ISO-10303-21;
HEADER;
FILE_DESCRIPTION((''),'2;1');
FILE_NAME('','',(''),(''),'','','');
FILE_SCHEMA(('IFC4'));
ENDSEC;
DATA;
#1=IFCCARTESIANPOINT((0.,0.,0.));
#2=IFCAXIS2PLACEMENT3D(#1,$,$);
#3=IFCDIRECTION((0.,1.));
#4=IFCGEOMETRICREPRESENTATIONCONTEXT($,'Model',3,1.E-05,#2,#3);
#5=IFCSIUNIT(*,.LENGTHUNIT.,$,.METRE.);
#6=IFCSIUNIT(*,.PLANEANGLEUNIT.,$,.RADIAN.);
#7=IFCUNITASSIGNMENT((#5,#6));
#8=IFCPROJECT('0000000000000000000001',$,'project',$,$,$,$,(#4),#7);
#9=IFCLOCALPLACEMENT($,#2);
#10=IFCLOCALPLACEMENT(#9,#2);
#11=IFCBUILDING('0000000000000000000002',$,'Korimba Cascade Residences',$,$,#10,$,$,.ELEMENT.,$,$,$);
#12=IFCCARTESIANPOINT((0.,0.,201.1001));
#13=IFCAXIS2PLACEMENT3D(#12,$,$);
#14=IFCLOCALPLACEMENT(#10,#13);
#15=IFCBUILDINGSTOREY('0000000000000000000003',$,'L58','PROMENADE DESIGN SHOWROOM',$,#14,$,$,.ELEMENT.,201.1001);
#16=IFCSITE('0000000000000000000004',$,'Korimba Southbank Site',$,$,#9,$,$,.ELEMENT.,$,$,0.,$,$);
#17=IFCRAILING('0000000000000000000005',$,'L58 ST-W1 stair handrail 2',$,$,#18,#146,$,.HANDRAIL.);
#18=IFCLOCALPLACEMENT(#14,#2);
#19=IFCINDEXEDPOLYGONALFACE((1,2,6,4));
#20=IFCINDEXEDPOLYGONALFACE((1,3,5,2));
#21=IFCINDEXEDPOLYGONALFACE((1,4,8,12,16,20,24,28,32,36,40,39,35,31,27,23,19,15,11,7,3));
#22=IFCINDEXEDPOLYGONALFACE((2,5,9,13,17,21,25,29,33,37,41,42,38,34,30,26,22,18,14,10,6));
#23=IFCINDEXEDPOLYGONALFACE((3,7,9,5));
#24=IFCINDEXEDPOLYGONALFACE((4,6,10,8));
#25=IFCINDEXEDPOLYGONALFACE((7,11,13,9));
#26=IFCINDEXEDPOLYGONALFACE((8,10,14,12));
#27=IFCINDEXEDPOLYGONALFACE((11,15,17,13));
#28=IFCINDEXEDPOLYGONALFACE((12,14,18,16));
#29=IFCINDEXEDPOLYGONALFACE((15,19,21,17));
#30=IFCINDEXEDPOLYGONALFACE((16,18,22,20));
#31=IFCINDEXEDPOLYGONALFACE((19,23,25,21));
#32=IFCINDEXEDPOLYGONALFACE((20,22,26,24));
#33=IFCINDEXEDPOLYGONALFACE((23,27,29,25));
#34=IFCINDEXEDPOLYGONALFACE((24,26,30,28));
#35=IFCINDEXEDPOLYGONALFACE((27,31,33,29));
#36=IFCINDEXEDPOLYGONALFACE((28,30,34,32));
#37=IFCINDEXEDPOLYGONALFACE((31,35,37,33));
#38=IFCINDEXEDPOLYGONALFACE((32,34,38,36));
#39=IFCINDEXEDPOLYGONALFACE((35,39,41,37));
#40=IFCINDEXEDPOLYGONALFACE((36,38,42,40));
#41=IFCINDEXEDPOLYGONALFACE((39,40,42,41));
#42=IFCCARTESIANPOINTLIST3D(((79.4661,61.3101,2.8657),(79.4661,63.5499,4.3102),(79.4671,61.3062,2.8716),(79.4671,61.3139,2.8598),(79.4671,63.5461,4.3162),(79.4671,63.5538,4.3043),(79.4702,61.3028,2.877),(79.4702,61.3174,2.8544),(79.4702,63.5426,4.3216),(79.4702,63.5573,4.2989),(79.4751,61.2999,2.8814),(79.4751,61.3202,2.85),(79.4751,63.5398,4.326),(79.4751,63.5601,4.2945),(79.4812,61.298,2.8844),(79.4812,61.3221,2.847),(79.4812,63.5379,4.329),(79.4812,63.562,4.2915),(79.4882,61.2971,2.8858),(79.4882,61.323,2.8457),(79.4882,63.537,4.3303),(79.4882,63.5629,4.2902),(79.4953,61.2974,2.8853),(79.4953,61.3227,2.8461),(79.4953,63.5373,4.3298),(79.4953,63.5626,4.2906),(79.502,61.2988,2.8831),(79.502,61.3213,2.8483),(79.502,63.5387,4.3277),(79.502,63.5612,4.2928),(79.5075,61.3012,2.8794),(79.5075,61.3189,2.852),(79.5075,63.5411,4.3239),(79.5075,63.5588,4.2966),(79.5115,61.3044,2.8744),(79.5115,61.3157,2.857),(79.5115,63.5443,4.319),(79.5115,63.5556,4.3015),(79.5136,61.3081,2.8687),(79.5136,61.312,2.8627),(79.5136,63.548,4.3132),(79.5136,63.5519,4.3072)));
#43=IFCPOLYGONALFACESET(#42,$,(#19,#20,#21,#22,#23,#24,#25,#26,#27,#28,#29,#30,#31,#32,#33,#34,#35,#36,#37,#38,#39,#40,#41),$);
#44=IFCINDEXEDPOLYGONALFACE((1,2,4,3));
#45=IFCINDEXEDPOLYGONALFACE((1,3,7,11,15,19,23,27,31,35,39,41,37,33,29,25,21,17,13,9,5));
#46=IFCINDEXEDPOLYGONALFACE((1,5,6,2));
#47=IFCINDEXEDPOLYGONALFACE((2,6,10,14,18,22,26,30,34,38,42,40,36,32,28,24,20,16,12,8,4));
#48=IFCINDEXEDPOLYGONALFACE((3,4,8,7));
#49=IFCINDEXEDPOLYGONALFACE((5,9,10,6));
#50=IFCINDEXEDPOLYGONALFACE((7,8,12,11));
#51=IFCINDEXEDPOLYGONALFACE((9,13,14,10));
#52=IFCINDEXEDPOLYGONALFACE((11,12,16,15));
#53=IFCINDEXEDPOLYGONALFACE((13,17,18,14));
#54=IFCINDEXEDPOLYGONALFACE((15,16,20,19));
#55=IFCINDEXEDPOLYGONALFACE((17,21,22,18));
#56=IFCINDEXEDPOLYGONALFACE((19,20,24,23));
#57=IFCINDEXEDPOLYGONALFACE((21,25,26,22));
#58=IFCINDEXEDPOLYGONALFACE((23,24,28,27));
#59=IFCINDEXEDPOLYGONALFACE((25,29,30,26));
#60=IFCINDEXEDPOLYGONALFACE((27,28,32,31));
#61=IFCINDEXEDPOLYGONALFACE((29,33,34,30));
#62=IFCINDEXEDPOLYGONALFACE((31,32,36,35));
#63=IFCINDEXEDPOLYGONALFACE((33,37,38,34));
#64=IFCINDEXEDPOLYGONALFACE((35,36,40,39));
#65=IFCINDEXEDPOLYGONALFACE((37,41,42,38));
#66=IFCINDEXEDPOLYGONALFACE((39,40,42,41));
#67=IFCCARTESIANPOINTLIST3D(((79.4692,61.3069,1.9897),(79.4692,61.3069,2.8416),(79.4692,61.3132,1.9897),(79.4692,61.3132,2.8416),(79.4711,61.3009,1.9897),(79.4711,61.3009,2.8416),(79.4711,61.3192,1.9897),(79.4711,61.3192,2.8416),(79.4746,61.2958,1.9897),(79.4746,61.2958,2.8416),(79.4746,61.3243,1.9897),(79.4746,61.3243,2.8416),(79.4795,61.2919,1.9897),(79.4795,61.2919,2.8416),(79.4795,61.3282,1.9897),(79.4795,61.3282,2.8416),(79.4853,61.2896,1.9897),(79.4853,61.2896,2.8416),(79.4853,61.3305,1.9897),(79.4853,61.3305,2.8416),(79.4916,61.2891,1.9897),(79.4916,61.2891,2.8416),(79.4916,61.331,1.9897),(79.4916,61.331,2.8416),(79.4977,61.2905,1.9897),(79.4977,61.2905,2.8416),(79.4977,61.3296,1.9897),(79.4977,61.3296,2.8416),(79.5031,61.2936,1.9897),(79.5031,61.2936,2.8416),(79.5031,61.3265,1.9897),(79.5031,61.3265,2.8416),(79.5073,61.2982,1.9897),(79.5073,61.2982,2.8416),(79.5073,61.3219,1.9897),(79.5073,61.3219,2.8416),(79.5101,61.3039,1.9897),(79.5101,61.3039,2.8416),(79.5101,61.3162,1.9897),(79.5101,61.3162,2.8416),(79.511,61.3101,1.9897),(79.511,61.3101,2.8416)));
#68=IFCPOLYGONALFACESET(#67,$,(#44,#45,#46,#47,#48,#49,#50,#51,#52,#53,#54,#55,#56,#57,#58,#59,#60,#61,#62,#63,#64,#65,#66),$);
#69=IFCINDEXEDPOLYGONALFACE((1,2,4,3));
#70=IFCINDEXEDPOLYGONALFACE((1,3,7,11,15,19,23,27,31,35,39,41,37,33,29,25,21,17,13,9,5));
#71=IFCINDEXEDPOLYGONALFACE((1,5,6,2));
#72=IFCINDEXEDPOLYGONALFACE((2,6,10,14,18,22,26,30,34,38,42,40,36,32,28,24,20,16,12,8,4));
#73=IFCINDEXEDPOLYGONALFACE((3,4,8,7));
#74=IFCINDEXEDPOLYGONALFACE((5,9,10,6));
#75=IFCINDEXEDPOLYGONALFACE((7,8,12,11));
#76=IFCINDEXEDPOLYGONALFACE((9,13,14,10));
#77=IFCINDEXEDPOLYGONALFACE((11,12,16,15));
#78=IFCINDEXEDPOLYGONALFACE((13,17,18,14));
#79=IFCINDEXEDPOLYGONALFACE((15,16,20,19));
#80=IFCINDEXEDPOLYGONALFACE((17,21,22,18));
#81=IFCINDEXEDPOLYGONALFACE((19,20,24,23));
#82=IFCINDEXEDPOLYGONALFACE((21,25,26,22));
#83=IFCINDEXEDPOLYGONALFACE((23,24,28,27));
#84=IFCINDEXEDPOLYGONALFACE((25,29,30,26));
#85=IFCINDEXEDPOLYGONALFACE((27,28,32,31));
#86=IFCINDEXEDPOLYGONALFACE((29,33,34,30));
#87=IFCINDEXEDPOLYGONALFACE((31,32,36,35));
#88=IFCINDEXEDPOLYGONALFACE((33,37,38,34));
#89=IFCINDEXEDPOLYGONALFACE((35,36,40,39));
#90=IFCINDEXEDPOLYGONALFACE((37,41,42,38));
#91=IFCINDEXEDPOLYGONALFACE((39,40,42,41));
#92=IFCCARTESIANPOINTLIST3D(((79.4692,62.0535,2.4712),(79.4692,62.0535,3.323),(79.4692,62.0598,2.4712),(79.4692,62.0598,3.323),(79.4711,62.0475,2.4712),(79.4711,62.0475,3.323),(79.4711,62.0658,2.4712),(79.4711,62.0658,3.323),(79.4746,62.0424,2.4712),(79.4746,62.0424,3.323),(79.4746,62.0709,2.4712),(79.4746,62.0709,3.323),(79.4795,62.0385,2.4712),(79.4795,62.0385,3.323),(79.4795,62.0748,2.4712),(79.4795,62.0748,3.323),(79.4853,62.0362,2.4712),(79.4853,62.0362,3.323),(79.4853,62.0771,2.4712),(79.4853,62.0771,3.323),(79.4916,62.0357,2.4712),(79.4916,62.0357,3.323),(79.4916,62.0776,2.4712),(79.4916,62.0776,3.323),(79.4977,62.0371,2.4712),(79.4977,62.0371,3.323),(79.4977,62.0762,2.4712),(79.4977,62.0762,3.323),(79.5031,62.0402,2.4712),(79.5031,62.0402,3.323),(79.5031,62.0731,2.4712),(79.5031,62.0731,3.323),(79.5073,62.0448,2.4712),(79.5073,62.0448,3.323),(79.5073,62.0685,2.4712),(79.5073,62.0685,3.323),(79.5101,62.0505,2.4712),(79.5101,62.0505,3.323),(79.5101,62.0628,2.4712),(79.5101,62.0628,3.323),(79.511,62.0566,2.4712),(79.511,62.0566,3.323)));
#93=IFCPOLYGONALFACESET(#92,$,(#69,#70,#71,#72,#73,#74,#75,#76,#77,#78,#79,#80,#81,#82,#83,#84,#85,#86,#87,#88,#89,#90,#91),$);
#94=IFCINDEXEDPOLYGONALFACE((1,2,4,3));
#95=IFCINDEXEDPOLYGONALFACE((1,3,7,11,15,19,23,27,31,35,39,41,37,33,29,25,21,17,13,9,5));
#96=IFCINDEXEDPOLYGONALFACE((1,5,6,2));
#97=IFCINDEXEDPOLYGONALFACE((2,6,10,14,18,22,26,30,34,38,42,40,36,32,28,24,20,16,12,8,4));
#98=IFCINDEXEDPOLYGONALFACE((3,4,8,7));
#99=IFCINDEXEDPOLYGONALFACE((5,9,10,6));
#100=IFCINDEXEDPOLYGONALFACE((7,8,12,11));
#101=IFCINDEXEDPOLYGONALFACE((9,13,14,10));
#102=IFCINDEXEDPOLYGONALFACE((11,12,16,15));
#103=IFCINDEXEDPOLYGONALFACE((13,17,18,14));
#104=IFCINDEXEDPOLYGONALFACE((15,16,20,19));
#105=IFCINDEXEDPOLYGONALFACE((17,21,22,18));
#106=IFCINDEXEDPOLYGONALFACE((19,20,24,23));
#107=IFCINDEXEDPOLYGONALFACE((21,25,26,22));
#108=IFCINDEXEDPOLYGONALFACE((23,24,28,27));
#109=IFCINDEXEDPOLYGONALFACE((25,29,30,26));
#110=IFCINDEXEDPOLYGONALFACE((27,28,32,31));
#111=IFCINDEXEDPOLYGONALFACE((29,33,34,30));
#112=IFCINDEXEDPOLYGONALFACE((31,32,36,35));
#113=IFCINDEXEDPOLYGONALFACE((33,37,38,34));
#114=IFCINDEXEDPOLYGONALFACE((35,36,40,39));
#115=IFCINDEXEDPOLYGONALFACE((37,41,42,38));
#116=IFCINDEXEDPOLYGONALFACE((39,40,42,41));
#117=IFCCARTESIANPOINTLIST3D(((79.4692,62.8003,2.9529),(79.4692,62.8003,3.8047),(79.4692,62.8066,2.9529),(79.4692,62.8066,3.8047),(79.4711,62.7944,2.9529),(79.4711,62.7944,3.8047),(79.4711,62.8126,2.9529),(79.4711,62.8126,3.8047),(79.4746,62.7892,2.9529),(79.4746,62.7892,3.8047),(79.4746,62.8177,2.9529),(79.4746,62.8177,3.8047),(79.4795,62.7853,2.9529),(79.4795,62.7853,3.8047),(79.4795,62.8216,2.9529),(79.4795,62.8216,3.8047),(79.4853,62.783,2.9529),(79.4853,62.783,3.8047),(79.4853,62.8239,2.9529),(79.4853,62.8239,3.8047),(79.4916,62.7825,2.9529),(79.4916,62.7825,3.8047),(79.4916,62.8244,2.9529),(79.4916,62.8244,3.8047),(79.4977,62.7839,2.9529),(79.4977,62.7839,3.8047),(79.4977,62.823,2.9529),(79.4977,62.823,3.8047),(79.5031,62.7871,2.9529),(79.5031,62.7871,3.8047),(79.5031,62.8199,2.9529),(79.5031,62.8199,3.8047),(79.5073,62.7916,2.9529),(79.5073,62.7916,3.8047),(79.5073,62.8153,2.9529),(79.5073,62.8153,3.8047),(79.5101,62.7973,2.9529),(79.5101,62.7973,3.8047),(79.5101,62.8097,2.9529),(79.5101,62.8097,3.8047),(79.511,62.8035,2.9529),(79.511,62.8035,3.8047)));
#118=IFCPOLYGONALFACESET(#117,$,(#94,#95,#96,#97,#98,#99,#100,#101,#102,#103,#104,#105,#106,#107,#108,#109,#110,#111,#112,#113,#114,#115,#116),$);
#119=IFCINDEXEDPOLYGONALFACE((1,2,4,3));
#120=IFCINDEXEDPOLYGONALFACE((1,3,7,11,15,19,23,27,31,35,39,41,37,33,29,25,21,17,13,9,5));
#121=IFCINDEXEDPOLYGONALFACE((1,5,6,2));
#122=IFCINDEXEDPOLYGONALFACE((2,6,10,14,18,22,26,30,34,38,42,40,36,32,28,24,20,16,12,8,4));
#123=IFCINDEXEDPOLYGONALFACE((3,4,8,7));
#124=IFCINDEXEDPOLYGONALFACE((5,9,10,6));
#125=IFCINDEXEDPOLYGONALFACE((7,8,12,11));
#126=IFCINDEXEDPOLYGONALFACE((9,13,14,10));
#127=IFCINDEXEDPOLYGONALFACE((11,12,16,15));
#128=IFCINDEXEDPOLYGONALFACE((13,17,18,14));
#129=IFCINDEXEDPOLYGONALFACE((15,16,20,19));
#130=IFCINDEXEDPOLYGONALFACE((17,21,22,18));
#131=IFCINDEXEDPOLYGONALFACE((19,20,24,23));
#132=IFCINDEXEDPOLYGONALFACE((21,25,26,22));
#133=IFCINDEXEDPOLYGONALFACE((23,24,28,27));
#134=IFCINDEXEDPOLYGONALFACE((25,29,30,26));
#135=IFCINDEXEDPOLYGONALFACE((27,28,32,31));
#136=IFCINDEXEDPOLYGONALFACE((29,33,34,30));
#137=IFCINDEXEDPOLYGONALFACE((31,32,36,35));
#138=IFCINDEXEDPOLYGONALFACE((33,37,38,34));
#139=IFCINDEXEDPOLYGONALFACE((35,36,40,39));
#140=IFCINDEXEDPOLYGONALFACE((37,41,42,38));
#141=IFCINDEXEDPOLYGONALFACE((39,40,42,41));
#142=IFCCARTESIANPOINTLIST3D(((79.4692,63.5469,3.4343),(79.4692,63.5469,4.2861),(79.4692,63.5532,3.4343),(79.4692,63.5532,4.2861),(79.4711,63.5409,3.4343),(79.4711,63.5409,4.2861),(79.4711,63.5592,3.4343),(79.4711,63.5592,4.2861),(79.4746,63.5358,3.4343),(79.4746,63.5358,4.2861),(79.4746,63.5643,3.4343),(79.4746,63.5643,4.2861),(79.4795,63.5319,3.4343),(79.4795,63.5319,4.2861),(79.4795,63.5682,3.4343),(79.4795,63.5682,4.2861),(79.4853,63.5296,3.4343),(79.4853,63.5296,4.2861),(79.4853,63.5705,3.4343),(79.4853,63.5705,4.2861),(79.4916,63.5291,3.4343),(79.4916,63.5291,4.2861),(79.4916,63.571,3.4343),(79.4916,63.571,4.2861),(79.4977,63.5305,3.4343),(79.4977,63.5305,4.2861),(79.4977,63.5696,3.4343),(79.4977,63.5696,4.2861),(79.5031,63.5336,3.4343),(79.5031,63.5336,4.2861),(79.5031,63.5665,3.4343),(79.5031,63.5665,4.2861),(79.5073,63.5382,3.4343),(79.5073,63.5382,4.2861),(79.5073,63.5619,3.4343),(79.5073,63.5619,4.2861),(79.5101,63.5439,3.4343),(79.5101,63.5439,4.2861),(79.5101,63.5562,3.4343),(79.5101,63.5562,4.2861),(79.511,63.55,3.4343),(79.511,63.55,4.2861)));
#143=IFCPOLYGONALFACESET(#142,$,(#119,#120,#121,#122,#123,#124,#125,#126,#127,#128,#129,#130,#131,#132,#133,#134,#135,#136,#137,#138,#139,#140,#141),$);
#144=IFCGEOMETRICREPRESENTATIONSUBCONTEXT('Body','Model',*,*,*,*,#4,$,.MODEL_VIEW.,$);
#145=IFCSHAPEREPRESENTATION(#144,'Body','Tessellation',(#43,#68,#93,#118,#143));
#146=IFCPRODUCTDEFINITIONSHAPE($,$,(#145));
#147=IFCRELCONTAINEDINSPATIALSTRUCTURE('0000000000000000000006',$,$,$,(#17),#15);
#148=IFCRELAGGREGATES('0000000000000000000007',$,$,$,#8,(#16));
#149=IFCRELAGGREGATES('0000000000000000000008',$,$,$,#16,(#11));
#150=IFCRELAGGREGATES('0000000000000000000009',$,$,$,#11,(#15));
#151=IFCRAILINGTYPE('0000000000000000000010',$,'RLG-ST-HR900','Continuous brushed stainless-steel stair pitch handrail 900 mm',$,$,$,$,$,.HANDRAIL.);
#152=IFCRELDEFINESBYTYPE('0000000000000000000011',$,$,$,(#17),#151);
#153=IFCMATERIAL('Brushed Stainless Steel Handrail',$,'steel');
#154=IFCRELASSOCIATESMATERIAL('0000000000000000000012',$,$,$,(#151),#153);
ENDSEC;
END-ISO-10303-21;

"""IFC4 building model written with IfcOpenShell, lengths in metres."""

from ifc_helpers import new_model, si_unit, direction, frame, origin, origin_2d, place, context, subcontext, project, spatial, circle, extrude, material, type_object, element, save


model = new_model("IFC4")

# Units and contexts
model_context = context("Model", 3, precision=1e-05, world=origin(), true_north=direction((0.0, 1.0)))
body_context = subcontext(model_context, "Body", "Model", "MODEL_VIEW")
ifc_project = project(units=[si_unit("LENGTHUNIT", "METRE"), si_unit("PLANEANGLEUNIT", "RADIAN")], contexts=[model_context])

# Site, building, storey
site_placement = place(None, origin())
site = spatial("IfcSite", under=ifc_project, at=site_placement, Name="Korimba Southbank Site", CompositionType="ELEMENT", RefElevation=0.0)
building_placement = place(site_placement, origin())
building = spatial("IfcBuilding", under=site, at=building_placement, Name="Korimba Cascade Residences", CompositionType="ELEMENT")
storey_placement = place(building_placement, frame((0.0, 0.0, 201.1001)))
storey = spatial("IfcBuildingStorey", under=building, at=storey_placement, Name="L58", Description="PROMENADE DESIGN SHOWROOM", CompositionType="ELEMENT", Elevation=201.1001)

# Railing
ifc_material_1 = material(Name="Brushed Stainless Steel Handrail", Category="steel")
railing_type_1 = type_object("IfcRailingType", Name="RLG-ST-HR900", Description="Continuous brushed stainless-steel stair pitch handrail 900 mm", PredefinedType="HANDRAIL", material=ifc_material_1)
railing_1_placement = place(storey_placement, frame((79.49, 61.3101, 1.9897)))
element("IfcRailing", 1, at=railing_1_placement, inside=storey, type_object=railing_type_1, Name="L58 ST-W1 stair handrail 2", PredefinedType="HANDRAIL", context=body_context, shape_type="SweptSolid", body=[
    extrude(circle(Radius=0.0239, at=origin_2d()), frame((0.0, 0.0, 0.876), z_axis=(0.0, 0.840395, 0.541975), x_axis=(-1.0, 0.0, 0.0)), (0.0, 0.0, 1.0), 2.6653),
    extrude(circle(Radius=0.021, at=origin_2d()), origin(), (0.0, 0.0, 1.0), 0.8518),
    extrude(circle(Radius=0.021, at=origin_2d()), frame((0.0, 0.7466, 0.4814)), (0.0, 0.0, 1.0), 0.8518),
    extrude(circle(Radius=0.021, at=origin_2d()), frame((0.0, 1.4934, 0.9631)), (0.0, 0.0, 1.0), 0.8518),
    extrude(circle(Radius=0.021, at=origin_2d()), frame((0.0, 2.24, 1.4446)), (0.0, 0.0, 1.0), 0.8518),
])

save(model, "model.ifc")
